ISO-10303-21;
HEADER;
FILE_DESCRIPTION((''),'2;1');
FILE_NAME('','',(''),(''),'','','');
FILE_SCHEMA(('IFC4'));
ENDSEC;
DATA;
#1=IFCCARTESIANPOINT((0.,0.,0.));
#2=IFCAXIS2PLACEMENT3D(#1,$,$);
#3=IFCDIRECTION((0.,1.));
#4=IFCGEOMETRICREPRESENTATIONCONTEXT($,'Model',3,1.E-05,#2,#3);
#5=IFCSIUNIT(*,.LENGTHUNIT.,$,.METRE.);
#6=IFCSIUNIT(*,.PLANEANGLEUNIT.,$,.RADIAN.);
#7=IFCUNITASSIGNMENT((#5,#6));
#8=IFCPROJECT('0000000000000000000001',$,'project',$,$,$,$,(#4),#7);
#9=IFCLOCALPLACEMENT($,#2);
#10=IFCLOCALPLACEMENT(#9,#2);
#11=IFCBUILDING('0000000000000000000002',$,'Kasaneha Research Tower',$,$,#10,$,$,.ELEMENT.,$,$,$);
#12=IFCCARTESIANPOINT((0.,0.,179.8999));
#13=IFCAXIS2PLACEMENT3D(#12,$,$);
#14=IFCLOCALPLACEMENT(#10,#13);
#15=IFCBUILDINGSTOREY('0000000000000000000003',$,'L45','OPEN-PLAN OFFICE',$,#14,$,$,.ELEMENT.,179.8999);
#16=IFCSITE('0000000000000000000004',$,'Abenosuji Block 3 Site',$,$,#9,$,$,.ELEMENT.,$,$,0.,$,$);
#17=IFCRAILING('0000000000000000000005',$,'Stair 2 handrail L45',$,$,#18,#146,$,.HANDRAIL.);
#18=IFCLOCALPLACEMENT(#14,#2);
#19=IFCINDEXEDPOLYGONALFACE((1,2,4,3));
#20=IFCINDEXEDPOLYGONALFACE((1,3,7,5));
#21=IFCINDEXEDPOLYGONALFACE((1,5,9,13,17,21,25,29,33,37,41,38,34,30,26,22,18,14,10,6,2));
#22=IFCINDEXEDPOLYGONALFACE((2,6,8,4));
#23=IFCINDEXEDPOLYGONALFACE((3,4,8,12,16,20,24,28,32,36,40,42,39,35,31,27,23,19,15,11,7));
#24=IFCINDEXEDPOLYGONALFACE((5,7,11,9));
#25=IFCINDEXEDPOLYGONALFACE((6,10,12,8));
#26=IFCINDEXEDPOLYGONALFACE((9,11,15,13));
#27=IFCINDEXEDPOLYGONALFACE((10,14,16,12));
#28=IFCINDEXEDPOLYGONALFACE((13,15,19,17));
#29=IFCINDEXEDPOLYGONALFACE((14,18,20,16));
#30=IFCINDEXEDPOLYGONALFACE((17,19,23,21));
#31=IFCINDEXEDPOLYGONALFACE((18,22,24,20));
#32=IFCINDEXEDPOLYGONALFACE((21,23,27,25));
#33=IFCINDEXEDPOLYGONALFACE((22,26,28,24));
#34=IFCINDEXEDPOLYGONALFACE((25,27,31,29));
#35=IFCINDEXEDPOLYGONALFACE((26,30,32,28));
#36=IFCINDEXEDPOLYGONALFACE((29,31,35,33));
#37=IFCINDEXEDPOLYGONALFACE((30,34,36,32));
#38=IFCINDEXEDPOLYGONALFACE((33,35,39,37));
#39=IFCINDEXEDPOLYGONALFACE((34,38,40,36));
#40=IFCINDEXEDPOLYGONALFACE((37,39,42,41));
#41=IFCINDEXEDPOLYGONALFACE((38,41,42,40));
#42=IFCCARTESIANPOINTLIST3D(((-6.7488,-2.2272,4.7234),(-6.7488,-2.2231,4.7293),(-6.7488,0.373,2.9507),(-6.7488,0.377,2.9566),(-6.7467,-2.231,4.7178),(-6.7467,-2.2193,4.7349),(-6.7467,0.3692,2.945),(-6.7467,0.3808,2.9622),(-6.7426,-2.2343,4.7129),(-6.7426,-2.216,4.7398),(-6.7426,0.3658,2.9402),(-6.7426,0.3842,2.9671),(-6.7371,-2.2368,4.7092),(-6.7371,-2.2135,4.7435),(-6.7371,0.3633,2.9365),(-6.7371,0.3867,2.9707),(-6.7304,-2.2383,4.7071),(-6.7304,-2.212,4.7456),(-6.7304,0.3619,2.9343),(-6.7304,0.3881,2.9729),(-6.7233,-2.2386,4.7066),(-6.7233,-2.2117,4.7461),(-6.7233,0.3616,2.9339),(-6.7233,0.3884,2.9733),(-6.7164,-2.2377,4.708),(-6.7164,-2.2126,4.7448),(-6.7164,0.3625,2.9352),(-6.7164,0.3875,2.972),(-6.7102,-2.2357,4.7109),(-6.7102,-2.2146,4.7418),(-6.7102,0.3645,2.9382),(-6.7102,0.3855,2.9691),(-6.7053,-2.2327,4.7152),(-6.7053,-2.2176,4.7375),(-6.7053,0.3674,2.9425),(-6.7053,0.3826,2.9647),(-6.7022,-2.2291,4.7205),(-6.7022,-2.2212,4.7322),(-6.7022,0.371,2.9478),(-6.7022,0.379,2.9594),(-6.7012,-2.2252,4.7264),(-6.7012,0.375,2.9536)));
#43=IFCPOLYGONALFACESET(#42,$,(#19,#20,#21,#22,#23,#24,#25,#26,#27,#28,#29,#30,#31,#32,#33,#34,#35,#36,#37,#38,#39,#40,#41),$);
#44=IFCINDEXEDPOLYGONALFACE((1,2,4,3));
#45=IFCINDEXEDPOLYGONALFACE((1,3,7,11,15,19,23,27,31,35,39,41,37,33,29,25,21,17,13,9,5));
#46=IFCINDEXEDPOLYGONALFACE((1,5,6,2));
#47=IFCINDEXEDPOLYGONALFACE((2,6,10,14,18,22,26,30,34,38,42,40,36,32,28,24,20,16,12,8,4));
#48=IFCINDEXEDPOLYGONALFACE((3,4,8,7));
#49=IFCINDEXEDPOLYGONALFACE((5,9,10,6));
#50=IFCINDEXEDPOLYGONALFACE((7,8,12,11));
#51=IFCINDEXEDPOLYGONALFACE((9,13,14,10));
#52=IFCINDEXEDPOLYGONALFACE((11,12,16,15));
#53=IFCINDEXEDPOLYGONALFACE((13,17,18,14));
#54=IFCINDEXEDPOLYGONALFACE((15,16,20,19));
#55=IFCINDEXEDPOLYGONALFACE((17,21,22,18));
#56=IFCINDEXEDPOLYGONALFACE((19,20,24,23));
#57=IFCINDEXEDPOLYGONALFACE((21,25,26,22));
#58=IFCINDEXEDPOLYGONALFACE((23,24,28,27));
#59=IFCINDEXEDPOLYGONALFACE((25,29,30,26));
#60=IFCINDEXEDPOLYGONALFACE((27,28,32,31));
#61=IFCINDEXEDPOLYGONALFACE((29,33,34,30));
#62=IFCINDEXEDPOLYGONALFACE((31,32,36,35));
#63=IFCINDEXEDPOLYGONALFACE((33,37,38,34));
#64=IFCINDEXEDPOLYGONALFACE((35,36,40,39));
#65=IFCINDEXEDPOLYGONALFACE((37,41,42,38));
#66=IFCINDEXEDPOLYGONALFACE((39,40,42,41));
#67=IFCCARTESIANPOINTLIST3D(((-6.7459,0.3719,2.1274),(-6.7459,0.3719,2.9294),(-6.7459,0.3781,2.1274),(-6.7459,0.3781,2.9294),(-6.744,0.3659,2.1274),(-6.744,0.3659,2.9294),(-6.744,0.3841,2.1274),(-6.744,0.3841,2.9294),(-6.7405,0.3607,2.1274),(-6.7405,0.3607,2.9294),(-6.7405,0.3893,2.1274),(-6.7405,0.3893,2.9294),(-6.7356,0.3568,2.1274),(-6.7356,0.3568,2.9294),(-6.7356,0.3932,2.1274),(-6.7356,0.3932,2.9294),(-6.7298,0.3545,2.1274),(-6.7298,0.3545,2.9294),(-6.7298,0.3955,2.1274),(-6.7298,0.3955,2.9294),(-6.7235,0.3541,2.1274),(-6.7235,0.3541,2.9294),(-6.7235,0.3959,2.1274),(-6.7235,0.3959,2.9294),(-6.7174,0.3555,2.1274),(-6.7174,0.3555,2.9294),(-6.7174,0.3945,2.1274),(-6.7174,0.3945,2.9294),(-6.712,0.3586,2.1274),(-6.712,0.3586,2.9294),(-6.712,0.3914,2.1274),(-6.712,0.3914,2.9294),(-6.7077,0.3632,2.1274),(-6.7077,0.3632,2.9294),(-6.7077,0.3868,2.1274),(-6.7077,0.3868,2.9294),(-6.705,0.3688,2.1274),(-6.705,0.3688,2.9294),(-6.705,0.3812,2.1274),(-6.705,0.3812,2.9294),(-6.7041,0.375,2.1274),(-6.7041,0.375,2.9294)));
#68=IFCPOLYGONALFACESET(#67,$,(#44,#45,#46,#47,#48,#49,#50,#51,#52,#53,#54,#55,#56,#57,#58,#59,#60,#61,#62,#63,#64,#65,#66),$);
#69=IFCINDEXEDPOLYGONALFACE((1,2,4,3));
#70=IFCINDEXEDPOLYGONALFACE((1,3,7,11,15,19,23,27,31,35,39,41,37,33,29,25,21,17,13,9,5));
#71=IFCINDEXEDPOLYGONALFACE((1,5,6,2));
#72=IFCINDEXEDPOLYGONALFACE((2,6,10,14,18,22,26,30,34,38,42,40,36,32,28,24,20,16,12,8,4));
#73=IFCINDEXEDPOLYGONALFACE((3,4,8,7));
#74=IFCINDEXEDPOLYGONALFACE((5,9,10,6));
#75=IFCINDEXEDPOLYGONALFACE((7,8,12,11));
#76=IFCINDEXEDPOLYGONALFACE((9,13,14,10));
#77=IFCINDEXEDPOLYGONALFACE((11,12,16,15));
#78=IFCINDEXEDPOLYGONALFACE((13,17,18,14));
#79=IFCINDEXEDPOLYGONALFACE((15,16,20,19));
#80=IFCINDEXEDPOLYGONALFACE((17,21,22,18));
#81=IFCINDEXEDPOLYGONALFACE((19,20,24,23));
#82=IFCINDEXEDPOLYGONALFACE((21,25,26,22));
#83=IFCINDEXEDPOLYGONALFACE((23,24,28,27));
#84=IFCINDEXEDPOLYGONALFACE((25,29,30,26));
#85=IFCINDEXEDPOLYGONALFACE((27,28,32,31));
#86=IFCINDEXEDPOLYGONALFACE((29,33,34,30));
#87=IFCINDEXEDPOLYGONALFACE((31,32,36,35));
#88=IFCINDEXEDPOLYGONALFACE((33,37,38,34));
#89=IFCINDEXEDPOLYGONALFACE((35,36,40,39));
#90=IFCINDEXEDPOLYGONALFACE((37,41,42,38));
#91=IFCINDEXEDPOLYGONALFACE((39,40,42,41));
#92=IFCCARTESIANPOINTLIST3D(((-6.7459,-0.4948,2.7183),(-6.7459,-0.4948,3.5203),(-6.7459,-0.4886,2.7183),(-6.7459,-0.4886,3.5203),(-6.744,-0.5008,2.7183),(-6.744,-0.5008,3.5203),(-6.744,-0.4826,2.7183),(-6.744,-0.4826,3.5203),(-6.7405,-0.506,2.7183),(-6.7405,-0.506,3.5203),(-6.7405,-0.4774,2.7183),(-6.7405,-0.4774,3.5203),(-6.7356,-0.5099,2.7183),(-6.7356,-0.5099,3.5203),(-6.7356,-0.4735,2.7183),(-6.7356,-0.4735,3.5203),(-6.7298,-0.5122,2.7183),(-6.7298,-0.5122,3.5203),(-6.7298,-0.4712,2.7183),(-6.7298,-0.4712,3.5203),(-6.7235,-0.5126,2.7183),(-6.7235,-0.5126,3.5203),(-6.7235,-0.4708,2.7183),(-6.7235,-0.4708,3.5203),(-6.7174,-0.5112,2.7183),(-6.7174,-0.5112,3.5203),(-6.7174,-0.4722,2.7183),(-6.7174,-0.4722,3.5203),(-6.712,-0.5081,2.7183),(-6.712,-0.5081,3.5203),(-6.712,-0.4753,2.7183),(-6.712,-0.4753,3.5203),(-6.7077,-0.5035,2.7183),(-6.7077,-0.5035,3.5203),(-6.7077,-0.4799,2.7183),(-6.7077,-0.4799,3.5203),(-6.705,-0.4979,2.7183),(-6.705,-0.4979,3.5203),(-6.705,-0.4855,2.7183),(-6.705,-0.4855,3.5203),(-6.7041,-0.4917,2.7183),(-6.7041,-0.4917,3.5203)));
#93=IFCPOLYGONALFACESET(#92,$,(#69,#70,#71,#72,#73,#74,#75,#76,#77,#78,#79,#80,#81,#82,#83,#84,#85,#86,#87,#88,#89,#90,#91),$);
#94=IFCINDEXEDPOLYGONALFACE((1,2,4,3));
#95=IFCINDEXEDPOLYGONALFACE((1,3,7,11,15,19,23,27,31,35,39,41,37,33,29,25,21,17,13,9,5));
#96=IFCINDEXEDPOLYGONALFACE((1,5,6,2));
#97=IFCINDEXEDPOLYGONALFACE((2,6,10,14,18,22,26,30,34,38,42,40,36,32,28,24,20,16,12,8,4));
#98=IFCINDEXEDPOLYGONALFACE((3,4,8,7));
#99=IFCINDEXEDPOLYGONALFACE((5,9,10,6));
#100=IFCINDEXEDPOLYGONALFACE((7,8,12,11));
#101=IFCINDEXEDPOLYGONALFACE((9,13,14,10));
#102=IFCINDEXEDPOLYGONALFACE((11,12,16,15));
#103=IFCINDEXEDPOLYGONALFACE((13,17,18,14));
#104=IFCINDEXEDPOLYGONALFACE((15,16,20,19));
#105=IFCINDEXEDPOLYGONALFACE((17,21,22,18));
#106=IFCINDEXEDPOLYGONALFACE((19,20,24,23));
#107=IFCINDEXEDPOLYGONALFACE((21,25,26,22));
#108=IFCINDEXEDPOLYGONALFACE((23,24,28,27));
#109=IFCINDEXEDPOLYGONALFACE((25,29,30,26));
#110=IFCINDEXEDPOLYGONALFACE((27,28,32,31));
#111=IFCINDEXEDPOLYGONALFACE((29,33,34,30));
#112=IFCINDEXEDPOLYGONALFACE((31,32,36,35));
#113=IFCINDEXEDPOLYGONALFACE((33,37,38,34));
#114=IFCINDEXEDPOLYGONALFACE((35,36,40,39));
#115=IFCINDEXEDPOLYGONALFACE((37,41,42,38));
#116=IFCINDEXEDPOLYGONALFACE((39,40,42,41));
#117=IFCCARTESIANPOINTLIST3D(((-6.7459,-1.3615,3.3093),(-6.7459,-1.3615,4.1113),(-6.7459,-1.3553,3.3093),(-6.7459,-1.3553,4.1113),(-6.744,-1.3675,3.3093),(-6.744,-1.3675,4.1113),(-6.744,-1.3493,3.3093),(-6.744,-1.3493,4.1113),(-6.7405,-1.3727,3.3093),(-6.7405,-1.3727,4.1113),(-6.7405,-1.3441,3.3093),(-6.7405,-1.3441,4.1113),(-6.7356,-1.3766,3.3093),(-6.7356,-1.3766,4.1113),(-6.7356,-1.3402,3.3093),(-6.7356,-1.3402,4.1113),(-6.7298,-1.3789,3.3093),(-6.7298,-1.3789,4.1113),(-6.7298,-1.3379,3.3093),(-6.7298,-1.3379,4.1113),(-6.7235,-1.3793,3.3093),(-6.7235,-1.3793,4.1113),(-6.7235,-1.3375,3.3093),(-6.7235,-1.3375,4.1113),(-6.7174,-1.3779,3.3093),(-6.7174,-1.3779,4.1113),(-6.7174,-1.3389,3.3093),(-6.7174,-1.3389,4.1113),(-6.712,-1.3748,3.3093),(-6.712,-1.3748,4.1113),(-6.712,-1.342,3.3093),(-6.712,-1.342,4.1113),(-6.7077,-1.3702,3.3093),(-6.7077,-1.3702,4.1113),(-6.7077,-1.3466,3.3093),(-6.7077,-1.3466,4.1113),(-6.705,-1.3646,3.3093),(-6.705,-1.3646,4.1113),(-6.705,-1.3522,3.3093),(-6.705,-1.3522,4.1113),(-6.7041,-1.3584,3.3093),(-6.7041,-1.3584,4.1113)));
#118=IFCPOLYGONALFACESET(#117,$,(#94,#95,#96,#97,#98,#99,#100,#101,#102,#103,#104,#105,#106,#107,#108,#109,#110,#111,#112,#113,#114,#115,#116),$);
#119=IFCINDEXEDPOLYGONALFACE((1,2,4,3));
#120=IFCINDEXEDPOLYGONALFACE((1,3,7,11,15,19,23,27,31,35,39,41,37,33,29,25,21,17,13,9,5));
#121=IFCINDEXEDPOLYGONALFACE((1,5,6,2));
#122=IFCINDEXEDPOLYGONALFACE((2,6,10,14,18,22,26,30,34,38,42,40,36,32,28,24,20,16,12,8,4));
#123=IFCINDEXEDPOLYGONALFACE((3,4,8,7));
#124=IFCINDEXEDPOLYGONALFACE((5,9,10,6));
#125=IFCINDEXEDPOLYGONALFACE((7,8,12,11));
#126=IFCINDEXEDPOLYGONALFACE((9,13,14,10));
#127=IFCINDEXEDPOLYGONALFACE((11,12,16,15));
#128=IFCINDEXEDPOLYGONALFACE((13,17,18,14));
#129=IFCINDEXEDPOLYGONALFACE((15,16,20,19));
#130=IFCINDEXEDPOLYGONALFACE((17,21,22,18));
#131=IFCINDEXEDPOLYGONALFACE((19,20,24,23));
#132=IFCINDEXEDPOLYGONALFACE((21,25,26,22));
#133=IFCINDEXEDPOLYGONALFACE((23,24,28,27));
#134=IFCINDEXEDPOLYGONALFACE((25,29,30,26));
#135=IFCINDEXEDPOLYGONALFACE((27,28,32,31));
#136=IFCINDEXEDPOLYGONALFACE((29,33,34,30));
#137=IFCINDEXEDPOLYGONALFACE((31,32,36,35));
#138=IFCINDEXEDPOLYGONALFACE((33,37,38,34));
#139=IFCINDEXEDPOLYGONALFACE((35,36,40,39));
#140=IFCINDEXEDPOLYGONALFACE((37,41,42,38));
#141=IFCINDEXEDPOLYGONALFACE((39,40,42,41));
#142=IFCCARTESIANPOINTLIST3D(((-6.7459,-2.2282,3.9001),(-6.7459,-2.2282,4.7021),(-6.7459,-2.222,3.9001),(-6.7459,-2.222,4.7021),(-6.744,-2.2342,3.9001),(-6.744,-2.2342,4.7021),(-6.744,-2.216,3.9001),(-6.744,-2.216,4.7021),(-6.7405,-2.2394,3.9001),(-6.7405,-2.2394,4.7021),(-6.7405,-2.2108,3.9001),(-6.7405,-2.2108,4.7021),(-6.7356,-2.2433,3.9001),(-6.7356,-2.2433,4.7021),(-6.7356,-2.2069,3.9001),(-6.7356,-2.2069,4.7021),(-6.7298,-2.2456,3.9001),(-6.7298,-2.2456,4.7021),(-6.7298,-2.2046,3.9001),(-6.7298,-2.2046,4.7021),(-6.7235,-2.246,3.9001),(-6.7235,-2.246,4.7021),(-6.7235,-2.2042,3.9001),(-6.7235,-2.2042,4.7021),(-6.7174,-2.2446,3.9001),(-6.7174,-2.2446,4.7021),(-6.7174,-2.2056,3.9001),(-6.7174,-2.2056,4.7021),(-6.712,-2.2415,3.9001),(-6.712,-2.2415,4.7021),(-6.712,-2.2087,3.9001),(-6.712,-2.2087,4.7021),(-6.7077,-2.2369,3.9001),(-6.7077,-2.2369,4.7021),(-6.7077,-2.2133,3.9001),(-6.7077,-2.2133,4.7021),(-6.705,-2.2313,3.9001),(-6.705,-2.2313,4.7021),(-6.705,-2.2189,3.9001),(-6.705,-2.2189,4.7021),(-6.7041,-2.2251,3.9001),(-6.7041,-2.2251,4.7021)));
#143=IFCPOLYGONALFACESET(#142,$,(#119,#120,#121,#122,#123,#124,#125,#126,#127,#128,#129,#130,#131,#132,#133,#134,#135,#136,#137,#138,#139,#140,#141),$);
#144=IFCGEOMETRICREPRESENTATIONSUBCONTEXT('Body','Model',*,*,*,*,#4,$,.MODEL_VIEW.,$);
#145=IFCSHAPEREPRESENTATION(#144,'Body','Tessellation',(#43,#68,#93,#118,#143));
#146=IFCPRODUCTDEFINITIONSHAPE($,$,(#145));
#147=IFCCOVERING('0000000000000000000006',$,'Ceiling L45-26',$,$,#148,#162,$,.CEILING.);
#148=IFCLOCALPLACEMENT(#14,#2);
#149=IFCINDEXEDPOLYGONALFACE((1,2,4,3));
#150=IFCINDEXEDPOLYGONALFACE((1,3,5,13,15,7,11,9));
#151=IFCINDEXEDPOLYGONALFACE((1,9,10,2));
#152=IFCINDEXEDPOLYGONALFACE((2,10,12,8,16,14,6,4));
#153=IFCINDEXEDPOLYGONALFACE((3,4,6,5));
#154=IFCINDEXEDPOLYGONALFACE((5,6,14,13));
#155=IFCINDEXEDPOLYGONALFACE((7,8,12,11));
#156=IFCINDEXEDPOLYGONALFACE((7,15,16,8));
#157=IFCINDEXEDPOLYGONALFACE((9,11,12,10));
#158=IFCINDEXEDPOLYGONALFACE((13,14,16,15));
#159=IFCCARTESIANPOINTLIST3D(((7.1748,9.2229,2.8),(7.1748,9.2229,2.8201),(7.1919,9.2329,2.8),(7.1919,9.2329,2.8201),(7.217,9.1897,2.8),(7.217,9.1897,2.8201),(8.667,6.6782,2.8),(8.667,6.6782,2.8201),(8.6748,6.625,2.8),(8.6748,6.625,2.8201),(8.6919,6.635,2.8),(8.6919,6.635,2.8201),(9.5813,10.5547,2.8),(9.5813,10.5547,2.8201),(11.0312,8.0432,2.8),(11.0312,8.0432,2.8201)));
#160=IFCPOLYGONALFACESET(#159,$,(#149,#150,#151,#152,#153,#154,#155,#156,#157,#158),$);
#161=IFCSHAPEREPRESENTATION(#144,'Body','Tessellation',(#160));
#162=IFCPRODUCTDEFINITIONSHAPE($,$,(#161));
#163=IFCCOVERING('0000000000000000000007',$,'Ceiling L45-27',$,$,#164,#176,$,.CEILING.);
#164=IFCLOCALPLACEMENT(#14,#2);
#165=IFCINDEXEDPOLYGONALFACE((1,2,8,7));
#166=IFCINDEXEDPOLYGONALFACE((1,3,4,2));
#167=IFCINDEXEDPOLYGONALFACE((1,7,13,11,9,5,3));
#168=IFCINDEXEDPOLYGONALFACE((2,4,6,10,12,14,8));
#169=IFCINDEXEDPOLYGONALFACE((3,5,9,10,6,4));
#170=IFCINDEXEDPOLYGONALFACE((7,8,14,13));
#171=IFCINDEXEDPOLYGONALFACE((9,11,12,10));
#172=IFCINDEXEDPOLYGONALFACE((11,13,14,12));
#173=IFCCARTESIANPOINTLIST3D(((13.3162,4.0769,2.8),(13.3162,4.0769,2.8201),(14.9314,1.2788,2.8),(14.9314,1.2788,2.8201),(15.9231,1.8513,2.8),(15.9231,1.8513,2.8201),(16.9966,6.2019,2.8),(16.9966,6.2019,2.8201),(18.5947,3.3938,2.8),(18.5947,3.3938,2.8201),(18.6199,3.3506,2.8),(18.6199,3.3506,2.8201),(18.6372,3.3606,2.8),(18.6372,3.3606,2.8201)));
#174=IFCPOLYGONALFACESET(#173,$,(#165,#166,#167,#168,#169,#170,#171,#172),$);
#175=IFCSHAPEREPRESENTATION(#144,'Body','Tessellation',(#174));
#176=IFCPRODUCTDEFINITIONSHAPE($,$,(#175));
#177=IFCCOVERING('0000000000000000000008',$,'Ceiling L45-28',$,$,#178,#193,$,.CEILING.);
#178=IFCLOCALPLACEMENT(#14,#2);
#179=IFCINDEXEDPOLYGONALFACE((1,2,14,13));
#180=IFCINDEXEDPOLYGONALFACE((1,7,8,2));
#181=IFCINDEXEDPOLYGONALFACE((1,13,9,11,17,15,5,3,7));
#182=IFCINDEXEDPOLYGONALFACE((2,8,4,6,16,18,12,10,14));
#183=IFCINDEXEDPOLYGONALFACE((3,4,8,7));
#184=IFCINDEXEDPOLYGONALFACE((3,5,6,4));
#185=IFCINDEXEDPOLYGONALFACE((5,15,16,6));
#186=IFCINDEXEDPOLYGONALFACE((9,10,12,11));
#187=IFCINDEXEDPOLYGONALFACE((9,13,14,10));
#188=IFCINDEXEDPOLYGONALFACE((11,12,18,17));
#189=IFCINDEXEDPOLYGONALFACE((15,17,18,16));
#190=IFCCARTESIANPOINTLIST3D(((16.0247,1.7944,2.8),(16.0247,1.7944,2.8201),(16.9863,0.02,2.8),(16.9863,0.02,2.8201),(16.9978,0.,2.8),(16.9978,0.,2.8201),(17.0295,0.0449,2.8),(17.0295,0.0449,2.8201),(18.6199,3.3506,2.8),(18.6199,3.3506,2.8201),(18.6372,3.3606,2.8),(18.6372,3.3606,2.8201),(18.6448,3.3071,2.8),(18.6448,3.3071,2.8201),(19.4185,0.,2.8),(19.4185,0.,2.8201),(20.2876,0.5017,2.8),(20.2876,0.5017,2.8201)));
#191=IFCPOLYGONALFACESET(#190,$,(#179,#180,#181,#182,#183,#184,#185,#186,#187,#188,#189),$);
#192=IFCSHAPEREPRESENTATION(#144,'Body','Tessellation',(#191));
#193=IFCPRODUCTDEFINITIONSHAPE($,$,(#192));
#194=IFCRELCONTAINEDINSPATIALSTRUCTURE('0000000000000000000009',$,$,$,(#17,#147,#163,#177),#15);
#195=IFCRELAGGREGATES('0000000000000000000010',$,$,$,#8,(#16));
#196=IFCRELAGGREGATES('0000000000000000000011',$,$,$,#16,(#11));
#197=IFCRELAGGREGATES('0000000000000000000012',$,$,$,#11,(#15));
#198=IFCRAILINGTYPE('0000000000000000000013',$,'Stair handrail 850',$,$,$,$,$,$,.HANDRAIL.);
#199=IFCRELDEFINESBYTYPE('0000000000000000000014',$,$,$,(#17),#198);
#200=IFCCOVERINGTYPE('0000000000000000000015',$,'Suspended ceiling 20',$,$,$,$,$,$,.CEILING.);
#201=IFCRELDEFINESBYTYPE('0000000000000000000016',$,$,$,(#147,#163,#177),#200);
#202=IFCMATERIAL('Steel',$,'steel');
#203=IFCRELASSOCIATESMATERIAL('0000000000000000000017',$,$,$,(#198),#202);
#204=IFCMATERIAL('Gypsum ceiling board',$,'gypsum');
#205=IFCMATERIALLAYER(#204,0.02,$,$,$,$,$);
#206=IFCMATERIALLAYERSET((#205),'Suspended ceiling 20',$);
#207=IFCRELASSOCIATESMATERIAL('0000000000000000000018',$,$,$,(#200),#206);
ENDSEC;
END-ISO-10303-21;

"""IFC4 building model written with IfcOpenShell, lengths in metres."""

from ifc_helpers import new_model, si_unit, direction, frame, origin, origin_2d, place, context, subcontext, project, spatial, polyline, circle, outline, extrude, material, layer, layer_set, type_object, element, save


model = new_model("IFC4")

# Units and contexts
model_context = context("Model", 3, precision=1e-05, world=origin(), true_north=direction((0.0, 1.0)))
body_context = subcontext(model_context, "Body", "Model", "MODEL_VIEW")
ifc_project = project(units=[si_unit("LENGTHUNIT", "METRE"), si_unit("PLANEANGLEUNIT", "RADIAN")], contexts=[model_context])

# Site, building, storey
site_placement = place(None, origin())
site = spatial("IfcSite", under=ifc_project, at=site_placement, Name="Abenosuji Block 3 Site", CompositionType="ELEMENT", RefElevation=0.0)
building_placement = place(site_placement, origin())
building = spatial("IfcBuilding", under=site, at=building_placement, Name="Kasaneha Research Tower", CompositionType="ELEMENT")
storey_placement = place(building_placement, frame((0.0, 0.0, 179.8999)))
storey = spatial("IfcBuildingStorey", under=building, at=storey_placement, Name="L45", Description="OPEN-PLAN OFFICE", CompositionType="ELEMENT", Elevation=179.8999)

# Railing
ifc_material_1 = material(Name="Steel", Category="steel")
railing_type_1 = type_object("IfcRailingType", Name="Stair handrail 850", PredefinedType="HANDRAIL", material=ifc_material_1)
railing_1_placement = place(storey_placement, frame((-6.7251, 0.375, 2.1274)))
element("IfcRailing", 1, at=railing_1_placement, inside=storey, type_object=railing_type_1, Name="Stair 2 handrail L45", PredefinedType="HANDRAIL", context=body_context, shape_type="SweptSolid", body=[
    extrude(circle(Radius=0.0239, at=origin_2d()), frame((0.0, 0.0, 0.8262), z_axis=(0.0, -0.82624, 0.563318), x_axis=(1.0, 0.0, 0.0)), (0.0, 0.0, 1.0), 3.147),
    extrude(circle(Radius=0.021, at=origin_2d()), origin(), (0.0, 0.0, 1.0), 0.802),
    extrude(circle(Radius=0.021, at=origin_2d()), frame((0.0, -0.8667, 0.5908)), (0.0, 0.0, 1.0), 0.802),
    extrude(circle(Radius=0.021, at=origin_2d()), frame((0.0, -1.7334, 1.1819)), (0.0, 0.0, 1.0), 0.802),
    extrude(circle(Radius=0.021, at=origin_2d()), frame((0.0, -2.6001, 1.7727)), (0.0, 0.0, 1.0), 0.802),
])

# Coverings
ifc_material_2 = material(Name="Gypsum ceiling board", Category="gypsum")
ifc_layer_1 = layer(ifc_material_2, 0.02)
ifc_layer_set_1 = layer_set([ifc_layer_1], Name="Suspended ceiling 20")
covering_type = type_object("IfcCoveringType", Name="Suspended ceiling 20", PredefinedType="CEILING", material=ifc_layer_set_1)
covering_1_placement = place(storey_placement, frame((0.0, 0.0, 2.8)))
element("IfcCovering", 2, at=covering_1_placement, inside=storey, type_object=covering_type, Name="Ceiling L45-26", PredefinedType="CEILING", context=body_context, shape_type="SweptSolid", body=[
    extrude(outline(polyline([(7.1748, 9.2229), (7.1919, 9.2329), (7.217, 9.1897), (9.5813, 10.5547), (11.0312, 8.0432), (8.667, 6.6782), (8.6919, 6.635), (8.6748, 6.625), (7.1748, 9.2229)])), origin(), (0.0, 0.0, 1.0), 0.02),
])
covering_2_placement = place(storey_placement, frame((0.0, 0.0, 2.8)))
element("IfcCovering", 3, at=covering_2_placement, inside=storey, type_object=covering_type, Name="Ceiling L45-27", PredefinedType="CEILING", context=body_context, shape_type="SweptSolid", body=[
    extrude(outline(polyline([(18.6372, 3.3606), (18.6199, 3.3506), (18.5947, 3.3938), (15.9231, 1.8513), (15.9231, 1.8513), (14.9314, 1.2788), (13.3162, 4.0769), (16.9966, 6.2019), (18.6372, 3.3606)])), origin(), (0.0, 0.0, 1.0), 0.02),
])
covering_3_placement = place(storey_placement, frame((0.0, 0.0, 2.8)))
element("IfcCovering", 4, at=covering_3_placement, inside=storey, type_object=covering_type, Name="Ceiling L45-28", PredefinedType="CEILING", context=body_context, shape_type="SweptSolid", body=[
    extrude(outline(polyline([(16.9978, 0.0), (16.9863, 0.02), (17.0295, 0.0449), (16.0247, 1.7944), (18.6448, 3.3071), (18.6199, 3.3506), (18.6372, 3.3606), (20.2876, 0.5017), (19.4185, 0.0), (16.9978, 0.0)])), origin(), (0.0, 0.0, 1.0), 0.02),
])

save(model, "model.ifc")
